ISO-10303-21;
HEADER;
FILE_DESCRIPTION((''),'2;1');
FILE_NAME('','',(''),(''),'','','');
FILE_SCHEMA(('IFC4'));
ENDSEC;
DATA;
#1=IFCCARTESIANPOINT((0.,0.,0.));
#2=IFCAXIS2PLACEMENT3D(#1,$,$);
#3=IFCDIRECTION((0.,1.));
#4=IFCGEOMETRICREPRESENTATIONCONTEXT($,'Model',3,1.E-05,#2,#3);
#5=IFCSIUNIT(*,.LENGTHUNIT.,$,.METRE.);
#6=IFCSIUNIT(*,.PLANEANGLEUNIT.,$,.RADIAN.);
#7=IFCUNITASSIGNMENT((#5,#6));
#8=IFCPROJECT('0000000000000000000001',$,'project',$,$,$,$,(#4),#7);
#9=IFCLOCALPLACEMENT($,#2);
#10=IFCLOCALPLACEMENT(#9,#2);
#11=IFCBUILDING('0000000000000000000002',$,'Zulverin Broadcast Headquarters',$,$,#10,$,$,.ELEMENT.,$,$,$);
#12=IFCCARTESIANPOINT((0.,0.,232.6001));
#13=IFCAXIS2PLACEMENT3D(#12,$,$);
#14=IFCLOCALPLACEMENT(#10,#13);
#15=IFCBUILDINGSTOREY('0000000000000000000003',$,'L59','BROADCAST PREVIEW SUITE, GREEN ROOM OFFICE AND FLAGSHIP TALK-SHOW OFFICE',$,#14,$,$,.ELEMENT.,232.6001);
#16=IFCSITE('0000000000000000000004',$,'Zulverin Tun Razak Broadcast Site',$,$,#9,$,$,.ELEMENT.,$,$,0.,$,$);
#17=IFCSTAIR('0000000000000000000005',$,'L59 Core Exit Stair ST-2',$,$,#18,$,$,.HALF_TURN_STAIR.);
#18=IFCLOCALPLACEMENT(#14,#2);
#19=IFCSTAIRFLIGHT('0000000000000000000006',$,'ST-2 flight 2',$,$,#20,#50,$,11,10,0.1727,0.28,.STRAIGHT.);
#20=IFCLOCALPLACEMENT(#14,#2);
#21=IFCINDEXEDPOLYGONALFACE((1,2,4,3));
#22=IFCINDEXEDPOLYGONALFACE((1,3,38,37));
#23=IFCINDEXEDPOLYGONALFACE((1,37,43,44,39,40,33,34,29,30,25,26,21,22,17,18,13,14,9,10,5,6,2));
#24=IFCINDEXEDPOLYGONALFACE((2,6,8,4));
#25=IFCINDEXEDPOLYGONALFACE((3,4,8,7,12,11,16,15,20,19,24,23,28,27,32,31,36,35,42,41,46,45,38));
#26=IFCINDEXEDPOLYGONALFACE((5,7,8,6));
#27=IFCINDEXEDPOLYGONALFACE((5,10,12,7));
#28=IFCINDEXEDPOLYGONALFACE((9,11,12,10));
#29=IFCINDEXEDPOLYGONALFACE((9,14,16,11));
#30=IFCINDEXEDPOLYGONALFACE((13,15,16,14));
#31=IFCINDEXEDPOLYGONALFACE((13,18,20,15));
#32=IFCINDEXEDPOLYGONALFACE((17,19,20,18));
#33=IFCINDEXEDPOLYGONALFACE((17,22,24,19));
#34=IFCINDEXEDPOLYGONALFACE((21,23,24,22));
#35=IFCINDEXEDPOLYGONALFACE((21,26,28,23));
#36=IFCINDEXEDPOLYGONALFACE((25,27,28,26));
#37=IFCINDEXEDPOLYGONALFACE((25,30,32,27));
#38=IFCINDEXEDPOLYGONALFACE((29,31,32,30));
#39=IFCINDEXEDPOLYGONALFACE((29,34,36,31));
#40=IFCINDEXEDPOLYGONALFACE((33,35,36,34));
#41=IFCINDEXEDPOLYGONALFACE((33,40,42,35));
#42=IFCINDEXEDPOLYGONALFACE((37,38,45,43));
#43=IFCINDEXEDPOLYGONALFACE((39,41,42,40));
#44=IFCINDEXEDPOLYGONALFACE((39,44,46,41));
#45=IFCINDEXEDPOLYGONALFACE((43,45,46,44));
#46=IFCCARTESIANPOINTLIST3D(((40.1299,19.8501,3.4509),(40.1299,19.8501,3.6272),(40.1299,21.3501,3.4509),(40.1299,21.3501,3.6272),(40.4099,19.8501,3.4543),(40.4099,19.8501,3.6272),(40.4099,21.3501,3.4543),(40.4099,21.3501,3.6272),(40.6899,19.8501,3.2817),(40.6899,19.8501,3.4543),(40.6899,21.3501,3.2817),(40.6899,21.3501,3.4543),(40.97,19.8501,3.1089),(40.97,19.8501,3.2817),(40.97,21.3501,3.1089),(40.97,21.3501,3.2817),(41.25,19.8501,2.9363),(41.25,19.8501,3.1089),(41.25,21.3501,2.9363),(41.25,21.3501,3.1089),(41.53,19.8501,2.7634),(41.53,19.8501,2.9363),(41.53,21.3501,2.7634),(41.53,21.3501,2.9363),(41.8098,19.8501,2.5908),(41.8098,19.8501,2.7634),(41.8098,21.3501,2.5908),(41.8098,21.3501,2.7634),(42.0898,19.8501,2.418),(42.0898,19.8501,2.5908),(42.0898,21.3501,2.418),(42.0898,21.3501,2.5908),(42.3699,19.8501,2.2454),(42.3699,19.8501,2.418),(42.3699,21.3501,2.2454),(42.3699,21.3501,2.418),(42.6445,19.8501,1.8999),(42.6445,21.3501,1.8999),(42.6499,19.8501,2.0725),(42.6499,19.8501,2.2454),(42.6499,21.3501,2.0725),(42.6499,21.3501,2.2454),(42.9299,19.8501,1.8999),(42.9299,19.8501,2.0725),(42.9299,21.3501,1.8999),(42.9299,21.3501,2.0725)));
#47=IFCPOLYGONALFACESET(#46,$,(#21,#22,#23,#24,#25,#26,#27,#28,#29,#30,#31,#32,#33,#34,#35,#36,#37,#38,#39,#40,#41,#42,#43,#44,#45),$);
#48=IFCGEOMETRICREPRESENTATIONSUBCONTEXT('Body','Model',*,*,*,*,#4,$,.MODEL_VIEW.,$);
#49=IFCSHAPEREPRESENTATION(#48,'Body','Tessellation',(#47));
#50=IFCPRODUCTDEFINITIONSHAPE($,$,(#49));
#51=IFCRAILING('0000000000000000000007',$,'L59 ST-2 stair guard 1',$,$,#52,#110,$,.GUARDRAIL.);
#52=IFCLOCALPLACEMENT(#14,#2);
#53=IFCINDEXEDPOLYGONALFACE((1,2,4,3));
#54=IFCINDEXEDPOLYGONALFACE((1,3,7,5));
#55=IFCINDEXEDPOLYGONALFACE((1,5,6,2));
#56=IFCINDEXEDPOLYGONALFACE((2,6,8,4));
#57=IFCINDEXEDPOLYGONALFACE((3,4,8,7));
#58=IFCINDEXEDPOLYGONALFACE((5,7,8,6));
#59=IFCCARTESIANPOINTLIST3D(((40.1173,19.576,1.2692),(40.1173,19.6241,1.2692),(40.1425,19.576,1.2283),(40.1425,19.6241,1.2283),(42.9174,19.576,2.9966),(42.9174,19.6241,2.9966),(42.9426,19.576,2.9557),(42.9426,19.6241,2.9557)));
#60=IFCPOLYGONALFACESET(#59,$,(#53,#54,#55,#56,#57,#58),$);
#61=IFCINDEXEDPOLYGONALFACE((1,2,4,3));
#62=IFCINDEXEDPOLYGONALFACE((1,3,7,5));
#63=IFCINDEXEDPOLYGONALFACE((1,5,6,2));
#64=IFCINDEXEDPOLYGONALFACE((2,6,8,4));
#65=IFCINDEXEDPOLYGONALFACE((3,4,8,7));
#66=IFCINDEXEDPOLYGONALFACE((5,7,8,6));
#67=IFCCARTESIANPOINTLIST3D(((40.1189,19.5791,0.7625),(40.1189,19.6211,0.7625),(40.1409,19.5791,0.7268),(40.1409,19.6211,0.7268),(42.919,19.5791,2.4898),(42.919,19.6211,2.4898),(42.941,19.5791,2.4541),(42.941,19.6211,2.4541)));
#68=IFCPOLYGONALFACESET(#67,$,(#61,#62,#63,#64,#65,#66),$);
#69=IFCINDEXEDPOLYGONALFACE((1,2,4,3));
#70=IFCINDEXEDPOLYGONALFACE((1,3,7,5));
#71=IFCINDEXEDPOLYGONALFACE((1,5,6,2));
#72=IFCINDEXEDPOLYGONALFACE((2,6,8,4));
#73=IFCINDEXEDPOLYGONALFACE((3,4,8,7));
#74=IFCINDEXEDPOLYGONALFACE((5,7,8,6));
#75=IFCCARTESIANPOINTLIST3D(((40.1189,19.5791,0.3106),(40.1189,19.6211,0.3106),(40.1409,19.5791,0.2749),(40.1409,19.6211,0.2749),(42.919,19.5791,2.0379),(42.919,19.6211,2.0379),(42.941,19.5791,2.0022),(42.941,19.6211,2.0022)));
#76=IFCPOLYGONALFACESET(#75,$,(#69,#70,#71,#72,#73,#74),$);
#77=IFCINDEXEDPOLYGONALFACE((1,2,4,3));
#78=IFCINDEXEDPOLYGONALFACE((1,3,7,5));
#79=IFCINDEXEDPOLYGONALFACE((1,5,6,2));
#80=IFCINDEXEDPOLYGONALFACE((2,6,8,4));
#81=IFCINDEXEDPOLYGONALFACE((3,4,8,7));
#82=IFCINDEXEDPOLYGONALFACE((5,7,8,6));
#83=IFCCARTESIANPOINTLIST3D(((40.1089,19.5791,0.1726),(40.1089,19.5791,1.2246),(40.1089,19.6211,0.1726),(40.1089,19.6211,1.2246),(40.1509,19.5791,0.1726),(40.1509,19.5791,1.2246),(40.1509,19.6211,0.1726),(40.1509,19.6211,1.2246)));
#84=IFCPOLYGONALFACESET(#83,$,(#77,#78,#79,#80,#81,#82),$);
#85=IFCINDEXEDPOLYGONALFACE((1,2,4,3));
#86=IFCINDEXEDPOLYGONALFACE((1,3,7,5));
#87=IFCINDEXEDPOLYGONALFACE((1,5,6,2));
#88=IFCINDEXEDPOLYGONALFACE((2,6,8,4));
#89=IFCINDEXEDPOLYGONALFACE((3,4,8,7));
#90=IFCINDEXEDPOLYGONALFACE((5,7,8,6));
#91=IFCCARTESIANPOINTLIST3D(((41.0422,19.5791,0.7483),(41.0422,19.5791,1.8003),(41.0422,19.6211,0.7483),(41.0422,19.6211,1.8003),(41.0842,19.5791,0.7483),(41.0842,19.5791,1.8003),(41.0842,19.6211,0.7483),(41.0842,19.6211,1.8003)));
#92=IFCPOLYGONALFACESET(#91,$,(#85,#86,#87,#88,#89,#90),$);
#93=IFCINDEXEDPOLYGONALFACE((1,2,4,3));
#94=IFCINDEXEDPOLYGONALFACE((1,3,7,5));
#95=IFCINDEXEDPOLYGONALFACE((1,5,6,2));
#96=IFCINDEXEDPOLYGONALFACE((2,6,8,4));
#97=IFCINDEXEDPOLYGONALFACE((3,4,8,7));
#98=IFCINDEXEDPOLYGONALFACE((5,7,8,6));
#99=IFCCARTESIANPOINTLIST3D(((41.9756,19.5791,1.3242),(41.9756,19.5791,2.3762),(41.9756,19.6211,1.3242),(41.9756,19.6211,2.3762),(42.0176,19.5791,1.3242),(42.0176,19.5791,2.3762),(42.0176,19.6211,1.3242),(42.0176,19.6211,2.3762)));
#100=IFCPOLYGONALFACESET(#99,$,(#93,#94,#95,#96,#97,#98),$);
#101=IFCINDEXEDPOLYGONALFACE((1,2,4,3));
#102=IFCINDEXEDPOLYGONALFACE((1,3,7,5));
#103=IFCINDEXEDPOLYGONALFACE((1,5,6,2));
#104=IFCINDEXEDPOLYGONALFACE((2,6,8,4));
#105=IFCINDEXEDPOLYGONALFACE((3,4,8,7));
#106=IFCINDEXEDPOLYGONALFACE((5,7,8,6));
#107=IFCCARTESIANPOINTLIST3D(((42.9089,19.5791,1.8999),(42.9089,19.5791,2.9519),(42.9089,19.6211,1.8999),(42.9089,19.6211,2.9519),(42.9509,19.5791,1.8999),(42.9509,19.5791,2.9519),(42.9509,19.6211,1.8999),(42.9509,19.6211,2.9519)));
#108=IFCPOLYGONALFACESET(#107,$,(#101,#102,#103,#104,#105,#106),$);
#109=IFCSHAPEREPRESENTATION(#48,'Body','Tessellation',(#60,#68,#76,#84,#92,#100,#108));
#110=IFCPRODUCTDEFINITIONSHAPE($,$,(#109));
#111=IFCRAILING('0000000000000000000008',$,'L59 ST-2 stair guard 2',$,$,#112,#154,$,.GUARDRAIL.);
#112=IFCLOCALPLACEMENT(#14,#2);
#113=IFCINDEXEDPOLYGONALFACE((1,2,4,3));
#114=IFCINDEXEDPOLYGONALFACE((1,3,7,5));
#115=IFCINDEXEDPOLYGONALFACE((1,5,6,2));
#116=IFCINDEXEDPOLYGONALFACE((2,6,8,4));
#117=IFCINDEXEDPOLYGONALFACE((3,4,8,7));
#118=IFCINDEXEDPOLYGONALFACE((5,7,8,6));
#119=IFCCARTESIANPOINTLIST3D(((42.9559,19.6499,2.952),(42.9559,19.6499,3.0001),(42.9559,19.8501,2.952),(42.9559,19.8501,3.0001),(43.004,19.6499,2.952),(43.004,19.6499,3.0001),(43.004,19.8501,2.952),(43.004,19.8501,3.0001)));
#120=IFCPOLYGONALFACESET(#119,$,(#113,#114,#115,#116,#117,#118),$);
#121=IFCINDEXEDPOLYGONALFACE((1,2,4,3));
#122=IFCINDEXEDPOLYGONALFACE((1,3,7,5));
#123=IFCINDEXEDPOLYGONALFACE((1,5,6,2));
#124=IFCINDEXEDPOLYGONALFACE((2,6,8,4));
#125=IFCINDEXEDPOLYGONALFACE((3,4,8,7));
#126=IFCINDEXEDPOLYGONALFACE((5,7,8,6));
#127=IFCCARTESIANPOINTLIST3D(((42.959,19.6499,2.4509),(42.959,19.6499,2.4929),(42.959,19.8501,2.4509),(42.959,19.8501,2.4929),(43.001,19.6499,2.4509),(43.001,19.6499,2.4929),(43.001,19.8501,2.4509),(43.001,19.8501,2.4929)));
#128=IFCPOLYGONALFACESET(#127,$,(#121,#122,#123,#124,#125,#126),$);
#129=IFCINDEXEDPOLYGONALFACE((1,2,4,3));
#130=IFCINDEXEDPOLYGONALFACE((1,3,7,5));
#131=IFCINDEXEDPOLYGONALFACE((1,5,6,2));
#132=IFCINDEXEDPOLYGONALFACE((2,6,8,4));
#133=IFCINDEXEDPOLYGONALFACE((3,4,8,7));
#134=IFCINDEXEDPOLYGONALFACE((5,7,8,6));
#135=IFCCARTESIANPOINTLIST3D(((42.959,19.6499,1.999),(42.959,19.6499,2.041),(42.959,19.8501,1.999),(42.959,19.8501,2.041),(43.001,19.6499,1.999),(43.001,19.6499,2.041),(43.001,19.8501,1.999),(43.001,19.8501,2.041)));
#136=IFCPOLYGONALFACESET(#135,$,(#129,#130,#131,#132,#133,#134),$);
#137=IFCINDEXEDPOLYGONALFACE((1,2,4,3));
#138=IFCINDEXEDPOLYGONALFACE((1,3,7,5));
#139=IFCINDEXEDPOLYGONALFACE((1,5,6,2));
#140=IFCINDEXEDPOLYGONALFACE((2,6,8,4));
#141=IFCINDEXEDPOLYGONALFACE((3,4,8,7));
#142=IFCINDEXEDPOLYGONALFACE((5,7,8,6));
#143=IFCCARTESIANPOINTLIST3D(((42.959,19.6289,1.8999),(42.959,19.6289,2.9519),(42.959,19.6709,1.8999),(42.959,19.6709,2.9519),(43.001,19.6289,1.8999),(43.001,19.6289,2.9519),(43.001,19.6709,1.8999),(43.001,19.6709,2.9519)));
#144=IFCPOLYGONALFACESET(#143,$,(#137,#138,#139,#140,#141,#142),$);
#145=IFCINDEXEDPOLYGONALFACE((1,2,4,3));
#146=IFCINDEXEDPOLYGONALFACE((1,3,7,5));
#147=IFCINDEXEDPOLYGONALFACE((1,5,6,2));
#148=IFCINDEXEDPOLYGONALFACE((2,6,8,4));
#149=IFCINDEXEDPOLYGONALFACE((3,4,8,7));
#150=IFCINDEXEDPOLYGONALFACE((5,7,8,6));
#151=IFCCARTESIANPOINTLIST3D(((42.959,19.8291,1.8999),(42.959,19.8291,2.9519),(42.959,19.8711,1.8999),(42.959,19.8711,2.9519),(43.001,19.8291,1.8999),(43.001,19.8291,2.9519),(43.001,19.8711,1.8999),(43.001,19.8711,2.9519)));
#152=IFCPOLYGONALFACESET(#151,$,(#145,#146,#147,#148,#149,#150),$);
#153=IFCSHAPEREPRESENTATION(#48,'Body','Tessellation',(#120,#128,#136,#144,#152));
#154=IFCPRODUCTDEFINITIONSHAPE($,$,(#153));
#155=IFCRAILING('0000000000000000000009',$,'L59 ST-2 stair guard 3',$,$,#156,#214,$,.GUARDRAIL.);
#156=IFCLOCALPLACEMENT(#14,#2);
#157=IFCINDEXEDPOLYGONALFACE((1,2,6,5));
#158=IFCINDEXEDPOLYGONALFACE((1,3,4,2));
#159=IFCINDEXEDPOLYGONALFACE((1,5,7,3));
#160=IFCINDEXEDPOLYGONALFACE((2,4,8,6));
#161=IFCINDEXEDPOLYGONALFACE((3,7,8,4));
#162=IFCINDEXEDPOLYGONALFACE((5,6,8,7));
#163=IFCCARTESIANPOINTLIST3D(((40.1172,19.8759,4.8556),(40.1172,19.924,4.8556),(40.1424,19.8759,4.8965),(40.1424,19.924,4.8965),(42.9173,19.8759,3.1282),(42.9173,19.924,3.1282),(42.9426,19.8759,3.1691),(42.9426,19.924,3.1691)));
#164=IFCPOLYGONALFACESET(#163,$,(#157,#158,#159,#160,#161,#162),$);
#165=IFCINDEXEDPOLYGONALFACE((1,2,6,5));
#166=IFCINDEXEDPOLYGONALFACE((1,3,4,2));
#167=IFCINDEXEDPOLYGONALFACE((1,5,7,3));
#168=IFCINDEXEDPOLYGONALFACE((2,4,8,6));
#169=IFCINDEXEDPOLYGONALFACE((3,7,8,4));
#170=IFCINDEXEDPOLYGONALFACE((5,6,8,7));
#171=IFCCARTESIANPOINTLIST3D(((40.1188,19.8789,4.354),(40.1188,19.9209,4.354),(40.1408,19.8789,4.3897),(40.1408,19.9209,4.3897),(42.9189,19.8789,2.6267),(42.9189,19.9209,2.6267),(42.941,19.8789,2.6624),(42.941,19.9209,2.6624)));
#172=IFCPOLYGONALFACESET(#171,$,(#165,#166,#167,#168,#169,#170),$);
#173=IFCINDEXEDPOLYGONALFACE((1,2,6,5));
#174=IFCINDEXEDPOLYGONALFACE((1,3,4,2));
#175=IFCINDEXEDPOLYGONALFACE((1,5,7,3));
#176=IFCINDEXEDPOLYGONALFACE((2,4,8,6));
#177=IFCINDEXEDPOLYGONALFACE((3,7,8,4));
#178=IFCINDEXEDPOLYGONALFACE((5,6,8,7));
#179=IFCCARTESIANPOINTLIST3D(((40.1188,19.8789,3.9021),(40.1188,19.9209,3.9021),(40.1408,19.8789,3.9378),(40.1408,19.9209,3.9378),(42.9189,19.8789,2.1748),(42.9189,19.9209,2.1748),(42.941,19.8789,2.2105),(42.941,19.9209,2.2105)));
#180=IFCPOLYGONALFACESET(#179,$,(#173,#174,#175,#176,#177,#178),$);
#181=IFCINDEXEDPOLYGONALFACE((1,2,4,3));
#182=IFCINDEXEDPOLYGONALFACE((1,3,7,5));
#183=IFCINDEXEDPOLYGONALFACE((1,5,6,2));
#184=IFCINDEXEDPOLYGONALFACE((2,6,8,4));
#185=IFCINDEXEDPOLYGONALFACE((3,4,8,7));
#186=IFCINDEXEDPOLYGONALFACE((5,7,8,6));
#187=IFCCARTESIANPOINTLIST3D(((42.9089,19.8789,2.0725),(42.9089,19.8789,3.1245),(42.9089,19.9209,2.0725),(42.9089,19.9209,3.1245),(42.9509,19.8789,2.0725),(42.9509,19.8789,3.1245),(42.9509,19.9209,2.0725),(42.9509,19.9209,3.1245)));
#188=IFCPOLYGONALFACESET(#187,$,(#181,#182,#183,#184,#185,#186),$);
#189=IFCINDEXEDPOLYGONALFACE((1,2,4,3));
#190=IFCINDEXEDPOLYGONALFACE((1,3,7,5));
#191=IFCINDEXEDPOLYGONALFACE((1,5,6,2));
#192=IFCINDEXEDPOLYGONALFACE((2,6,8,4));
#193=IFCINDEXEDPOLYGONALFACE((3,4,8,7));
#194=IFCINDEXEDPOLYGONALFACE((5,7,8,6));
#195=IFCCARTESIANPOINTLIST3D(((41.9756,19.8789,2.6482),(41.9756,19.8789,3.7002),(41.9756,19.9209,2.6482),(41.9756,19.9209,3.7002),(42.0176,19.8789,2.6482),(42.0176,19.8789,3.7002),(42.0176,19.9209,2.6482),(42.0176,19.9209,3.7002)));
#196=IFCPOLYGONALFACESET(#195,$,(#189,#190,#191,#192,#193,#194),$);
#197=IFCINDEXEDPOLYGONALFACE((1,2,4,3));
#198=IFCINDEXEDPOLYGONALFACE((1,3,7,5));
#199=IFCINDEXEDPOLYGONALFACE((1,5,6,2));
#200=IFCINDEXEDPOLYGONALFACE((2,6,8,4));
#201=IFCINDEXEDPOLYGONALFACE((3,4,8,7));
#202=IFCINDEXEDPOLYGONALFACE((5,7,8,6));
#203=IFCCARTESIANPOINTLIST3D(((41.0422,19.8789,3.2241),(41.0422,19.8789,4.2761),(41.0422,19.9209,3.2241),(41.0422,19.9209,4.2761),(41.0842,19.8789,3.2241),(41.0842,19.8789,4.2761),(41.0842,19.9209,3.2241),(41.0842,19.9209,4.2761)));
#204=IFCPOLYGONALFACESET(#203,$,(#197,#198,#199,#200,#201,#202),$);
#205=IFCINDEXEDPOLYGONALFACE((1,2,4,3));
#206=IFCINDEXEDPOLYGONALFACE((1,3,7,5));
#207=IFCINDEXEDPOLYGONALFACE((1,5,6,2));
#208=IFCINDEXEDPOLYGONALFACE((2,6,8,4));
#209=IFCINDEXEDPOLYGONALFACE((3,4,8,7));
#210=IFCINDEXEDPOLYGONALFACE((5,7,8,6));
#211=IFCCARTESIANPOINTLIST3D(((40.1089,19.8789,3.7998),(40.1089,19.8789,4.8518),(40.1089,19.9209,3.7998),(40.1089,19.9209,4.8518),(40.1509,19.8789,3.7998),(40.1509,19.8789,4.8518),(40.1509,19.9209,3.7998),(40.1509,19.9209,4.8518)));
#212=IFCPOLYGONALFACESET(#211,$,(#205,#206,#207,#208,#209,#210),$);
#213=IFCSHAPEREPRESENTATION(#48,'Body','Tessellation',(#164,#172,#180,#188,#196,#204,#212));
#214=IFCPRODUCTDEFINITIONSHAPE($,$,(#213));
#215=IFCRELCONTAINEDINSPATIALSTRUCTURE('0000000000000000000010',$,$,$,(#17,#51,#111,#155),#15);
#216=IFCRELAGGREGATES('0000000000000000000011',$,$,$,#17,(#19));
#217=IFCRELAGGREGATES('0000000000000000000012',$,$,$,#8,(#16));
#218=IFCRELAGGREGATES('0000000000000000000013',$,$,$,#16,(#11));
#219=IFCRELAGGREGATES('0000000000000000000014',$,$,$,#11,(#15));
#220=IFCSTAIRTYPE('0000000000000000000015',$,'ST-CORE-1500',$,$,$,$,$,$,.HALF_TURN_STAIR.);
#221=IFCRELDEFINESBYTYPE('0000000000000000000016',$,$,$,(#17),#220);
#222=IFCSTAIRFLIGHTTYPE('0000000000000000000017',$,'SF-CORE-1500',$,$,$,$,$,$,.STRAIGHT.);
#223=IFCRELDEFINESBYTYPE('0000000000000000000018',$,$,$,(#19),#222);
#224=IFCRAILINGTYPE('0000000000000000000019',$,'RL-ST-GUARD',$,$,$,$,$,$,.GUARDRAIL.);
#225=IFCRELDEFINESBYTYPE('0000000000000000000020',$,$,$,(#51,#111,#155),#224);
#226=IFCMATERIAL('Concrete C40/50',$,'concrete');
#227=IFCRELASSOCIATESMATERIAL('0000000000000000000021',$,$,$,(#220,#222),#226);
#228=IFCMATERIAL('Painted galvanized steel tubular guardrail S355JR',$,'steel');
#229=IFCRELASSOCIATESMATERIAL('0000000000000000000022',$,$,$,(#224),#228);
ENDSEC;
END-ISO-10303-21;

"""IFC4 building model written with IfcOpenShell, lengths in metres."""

from ifc_helpers import new_model, si_unit, direction, frame, origin, origin_2d, place, context, subcontext, project, spatial, polyline, rectangle, outline, extrude, material, type_object, element, aggregate, save


model = new_model("IFC4")

# Units and contexts
model_context = context("Model", 3, precision=1e-05, world=origin(), true_north=direction((0.0, 1.0)))
body_context = subcontext(model_context, "Body", "Model", "MODEL_VIEW")
ifc_project = project(units=[si_unit("LENGTHUNIT", "METRE"), si_unit("PLANEANGLEUNIT", "RADIAN")], contexts=[model_context])

# Site, building, storey
site_placement = place(None, origin())
site = spatial("IfcSite", under=ifc_project, at=site_placement, Name="Zulverin Tun Razak Broadcast Site", CompositionType="ELEMENT", RefElevation=0.0)
building_placement = place(site_placement, origin())
building = spatial("IfcBuilding", under=site, at=building_placement, Name="Zulverin Broadcast Headquarters", CompositionType="ELEMENT")
storey_placement = place(building_placement, frame((0.0, 0.0, 232.6001)))
storey = spatial("IfcBuildingStorey", under=building, at=storey_placement, Name="L59", Description="BROADCAST PREVIEW SUITE, GREEN ROOM OFFICE AND FLAGSHIP TALK-SHOW OFFICE", CompositionType="ELEMENT", Elevation=232.6001)

# Shared definitions
ifc_material_1 = material(Name="Concrete C40/50", Category="concrete")

# Stair, stair flight
stair_type = type_object("IfcStairType", Name="ST-CORE-1500", PredefinedType="HALF_TURN_STAIR", material=ifc_material_1)
stair_placement = place(storey_placement, origin())
stair = element("IfcStair", 1, at=stair_placement, inside=storey, type_object=stair_type, Name="L59 Core Exit Stair ST-2", PredefinedType="HALF_TURN_STAIR")
stair_flight_type = type_object("IfcStairFlightType", Name="SF-CORE-1500", PredefinedType="STRAIGHT", material=ifc_material_1)
stair_flight_1_placement = place(storey_placement, frame((42.9299, 20.6001, 1.8999), z_axis=(0.0, 0.0, 1.0), x_axis=(-1.0, 0.0, 0.0)))
stair_flight_1 = element("IfcStairFlight", 2, at=stair_flight_1_placement, type_object=stair_flight_type, Name="ST-2 flight 2", NumberOfRisers=11, NumberOfTreads=10, PredefinedType="STRAIGHT", RiserHeight=0.1727, TreadLength=0.28, context=body_context, shape_type="SweptSolid", body=[
    extrude(outline(polyline([(0.0, 0.0), (0.0, 0.1726), (0.28, 0.1726), (0.28, 0.3455), (0.5601, 0.3455), (0.5601, 0.5181), (0.8401, 0.5181), (0.8401, 0.6909), (1.1201, 0.6909), (1.1201, 0.8635), (1.3999, 0.8635), (1.3999, 1.0364), (1.6799, 1.0364), (1.6799, 1.209), (1.96, 1.209), (1.96, 1.3818), (2.24, 1.3818), (2.24, 1.5544), (2.52, 1.5544), (2.52, 1.7273), (2.8, 1.7273), (2.8, 1.8999), (2.8, 1.551), (0.2854, 0.0), (0.0, 0.0)])), frame((0.0, 0.75, 0.0), z_axis=(0.0, -1.0, 0.0), x_axis=(1.0, 0.0, 0.0)), (0.0, 0.0, 1.0), 1.5),
])
aggregate(stair, [stair_flight_1])

# Railings
ifc_material_2 = material(Name="Painted galvanized steel tubular guardrail S355JR", Category="steel")
railing_type_1 = type_object("IfcRailingType", Name="RL-ST-GUARD", PredefinedType="GUARDRAIL", material=ifc_material_2)
railing_1_placement = place(storey_placement, frame((40.1299, 19.6001, 0.1726)))
element("IfcRailing", 3, at=railing_1_placement, inside=storey, type_object=railing_type_1, Name="L59 ST-2 stair guard 1", PredefinedType="GUARDRAIL", context=body_context, shape_type="SweptSolid", body=[
    extrude(rectangle(XDim=0.0481, YDim=0.0481, at=origin_2d()), frame((0.0, 0.0, 1.0762), z_axis=(0.85109, 0.0, 0.52502), x_axis=(0.0, 1.0, 0.0)), (0.0, 0.0, 1.0), 3.29),
    extrude(rectangle(XDim=0.042, YDim=0.042, at=origin_2d()), frame((0.0, 0.0, 0.572), z_axis=(0.85109, 0.0, 0.52502), x_axis=(0.0, 1.0, 0.0)), (0.0, 0.0, 1.0), 3.29),
    extrude(rectangle(XDim=0.042, YDim=0.042, at=origin_2d()), frame((0.0, 0.0, 0.1201), z_axis=(0.85109, 0.0, 0.52502), x_axis=(0.0, 1.0, 0.0)), (0.0, 0.0, 1.0), 3.29),
    extrude(rectangle(XDim=0.042, YDim=0.042, at=origin_2d()), origin(), (0.0, 0.0, 1.0), 1.052),
    extrude(rectangle(XDim=0.042, YDim=0.042, at=origin_2d()), frame((0.9333, 0.0, 0.5757)), (0.0, 0.0, 1.0), 1.052),
    extrude(rectangle(XDim=0.042, YDim=0.042, at=origin_2d()), frame((1.8667, 0.0, 1.1516)), (0.0, 0.0, 1.0), 1.052),
    extrude(rectangle(XDim=0.042, YDim=0.042, at=origin_2d()), frame((2.8, 0.0, 1.7273)), (0.0, 0.0, 1.0), 1.052),
])
railing_2_placement = place(storey_placement, frame((42.98, 19.6499, 1.8999)))
element("IfcRailing", 4, at=railing_2_placement, inside=storey, type_object=railing_type_1, Name="L59 ST-2 stair guard 2", PredefinedType="GUARDRAIL", context=body_context, shape_type="SweptSolid", body=[
    extrude(rectangle(XDim=0.0481, YDim=0.0481, at=origin_2d()), frame((0.0, 0.0, 1.0762), z_axis=(0.0, 1.0, 0.0), x_axis=(-1.0, 0.0, 0.0)), (0.0, 0.0, 1.0), 0.2002),
    extrude(rectangle(XDim=0.042, YDim=0.042, at=origin_2d()), frame((0.0, 0.0, 0.572), z_axis=(0.0, 1.0, 0.0), x_axis=(-1.0, 0.0, 0.0)), (0.0, 0.0, 1.0), 0.2002),
    extrude(rectangle(XDim=0.042, YDim=0.042, at=origin_2d()), frame((0.0, 0.0, 0.1201), z_axis=(0.0, 1.0, 0.0), x_axis=(-1.0, 0.0, 0.0)), (0.0, 0.0, 1.0), 0.2002),
    extrude(rectangle(XDim=0.042, YDim=0.042, at=origin_2d()), origin(), (0.0, 0.0, 1.0), 1.052),
    extrude(rectangle(XDim=0.042, YDim=0.042, at=origin_2d()), frame((0.0, 0.2002, 0.0)), (0.0, 0.0, 1.0), 1.052),
])
railing_3_placement = place(storey_placement, frame((42.9299, 19.8999, 2.0725)))
element("IfcRailing", 5, at=railing_3_placement, inside=storey, type_object=railing_type_1, Name="L59 ST-2 stair guard 3", PredefinedType="GUARDRAIL", context=body_context, shape_type="SweptSolid", body=[
    extrude(rectangle(XDim=0.0481, YDim=0.0481, at=origin_2d()), frame((0.0, 0.0, 1.0762), z_axis=(-0.85109, 0.0, 0.52502), x_axis=(0.0, -1.0, 0.0)), (0.0, 0.0, 1.0), 3.29),
    extrude(rectangle(XDim=0.042, YDim=0.042, at=origin_2d()), frame((0.0, 0.0, 0.572), z_axis=(-0.85109, 0.0, 0.52502), x_axis=(0.0, -1.0, 0.0)), (0.0, 0.0, 1.0), 3.29),
    extrude(rectangle(XDim=0.042, YDim=0.042, at=origin_2d()), frame((0.0, 0.0, 0.1201), z_axis=(-0.85109, 0.0, 0.52502), x_axis=(0.0, -1.0, 0.0)), (0.0, 0.0, 1.0), 3.29),
    extrude(rectangle(XDim=0.042, YDim=0.042, at=origin_2d()), origin(), (0.0, 0.0, 1.0), 1.052),
    extrude(rectangle(XDim=0.042, YDim=0.042, at=origin_2d()), frame((-0.9333, 0.0, 0.5757)), (0.0, 0.0, 1.0), 1.052),
    extrude(rectangle(XDim=0.042, YDim=0.042, at=origin_2d()), frame((-1.8667, 0.0, 1.1516)), (0.0, 0.0, 1.0), 1.052),
    extrude(rectangle(XDim=0.042, YDim=0.042, at=origin_2d()), frame((-2.8, 0.0, 1.7273)), (0.0, 0.0, 1.0), 1.052),
])

save(model, "model.ifc")
